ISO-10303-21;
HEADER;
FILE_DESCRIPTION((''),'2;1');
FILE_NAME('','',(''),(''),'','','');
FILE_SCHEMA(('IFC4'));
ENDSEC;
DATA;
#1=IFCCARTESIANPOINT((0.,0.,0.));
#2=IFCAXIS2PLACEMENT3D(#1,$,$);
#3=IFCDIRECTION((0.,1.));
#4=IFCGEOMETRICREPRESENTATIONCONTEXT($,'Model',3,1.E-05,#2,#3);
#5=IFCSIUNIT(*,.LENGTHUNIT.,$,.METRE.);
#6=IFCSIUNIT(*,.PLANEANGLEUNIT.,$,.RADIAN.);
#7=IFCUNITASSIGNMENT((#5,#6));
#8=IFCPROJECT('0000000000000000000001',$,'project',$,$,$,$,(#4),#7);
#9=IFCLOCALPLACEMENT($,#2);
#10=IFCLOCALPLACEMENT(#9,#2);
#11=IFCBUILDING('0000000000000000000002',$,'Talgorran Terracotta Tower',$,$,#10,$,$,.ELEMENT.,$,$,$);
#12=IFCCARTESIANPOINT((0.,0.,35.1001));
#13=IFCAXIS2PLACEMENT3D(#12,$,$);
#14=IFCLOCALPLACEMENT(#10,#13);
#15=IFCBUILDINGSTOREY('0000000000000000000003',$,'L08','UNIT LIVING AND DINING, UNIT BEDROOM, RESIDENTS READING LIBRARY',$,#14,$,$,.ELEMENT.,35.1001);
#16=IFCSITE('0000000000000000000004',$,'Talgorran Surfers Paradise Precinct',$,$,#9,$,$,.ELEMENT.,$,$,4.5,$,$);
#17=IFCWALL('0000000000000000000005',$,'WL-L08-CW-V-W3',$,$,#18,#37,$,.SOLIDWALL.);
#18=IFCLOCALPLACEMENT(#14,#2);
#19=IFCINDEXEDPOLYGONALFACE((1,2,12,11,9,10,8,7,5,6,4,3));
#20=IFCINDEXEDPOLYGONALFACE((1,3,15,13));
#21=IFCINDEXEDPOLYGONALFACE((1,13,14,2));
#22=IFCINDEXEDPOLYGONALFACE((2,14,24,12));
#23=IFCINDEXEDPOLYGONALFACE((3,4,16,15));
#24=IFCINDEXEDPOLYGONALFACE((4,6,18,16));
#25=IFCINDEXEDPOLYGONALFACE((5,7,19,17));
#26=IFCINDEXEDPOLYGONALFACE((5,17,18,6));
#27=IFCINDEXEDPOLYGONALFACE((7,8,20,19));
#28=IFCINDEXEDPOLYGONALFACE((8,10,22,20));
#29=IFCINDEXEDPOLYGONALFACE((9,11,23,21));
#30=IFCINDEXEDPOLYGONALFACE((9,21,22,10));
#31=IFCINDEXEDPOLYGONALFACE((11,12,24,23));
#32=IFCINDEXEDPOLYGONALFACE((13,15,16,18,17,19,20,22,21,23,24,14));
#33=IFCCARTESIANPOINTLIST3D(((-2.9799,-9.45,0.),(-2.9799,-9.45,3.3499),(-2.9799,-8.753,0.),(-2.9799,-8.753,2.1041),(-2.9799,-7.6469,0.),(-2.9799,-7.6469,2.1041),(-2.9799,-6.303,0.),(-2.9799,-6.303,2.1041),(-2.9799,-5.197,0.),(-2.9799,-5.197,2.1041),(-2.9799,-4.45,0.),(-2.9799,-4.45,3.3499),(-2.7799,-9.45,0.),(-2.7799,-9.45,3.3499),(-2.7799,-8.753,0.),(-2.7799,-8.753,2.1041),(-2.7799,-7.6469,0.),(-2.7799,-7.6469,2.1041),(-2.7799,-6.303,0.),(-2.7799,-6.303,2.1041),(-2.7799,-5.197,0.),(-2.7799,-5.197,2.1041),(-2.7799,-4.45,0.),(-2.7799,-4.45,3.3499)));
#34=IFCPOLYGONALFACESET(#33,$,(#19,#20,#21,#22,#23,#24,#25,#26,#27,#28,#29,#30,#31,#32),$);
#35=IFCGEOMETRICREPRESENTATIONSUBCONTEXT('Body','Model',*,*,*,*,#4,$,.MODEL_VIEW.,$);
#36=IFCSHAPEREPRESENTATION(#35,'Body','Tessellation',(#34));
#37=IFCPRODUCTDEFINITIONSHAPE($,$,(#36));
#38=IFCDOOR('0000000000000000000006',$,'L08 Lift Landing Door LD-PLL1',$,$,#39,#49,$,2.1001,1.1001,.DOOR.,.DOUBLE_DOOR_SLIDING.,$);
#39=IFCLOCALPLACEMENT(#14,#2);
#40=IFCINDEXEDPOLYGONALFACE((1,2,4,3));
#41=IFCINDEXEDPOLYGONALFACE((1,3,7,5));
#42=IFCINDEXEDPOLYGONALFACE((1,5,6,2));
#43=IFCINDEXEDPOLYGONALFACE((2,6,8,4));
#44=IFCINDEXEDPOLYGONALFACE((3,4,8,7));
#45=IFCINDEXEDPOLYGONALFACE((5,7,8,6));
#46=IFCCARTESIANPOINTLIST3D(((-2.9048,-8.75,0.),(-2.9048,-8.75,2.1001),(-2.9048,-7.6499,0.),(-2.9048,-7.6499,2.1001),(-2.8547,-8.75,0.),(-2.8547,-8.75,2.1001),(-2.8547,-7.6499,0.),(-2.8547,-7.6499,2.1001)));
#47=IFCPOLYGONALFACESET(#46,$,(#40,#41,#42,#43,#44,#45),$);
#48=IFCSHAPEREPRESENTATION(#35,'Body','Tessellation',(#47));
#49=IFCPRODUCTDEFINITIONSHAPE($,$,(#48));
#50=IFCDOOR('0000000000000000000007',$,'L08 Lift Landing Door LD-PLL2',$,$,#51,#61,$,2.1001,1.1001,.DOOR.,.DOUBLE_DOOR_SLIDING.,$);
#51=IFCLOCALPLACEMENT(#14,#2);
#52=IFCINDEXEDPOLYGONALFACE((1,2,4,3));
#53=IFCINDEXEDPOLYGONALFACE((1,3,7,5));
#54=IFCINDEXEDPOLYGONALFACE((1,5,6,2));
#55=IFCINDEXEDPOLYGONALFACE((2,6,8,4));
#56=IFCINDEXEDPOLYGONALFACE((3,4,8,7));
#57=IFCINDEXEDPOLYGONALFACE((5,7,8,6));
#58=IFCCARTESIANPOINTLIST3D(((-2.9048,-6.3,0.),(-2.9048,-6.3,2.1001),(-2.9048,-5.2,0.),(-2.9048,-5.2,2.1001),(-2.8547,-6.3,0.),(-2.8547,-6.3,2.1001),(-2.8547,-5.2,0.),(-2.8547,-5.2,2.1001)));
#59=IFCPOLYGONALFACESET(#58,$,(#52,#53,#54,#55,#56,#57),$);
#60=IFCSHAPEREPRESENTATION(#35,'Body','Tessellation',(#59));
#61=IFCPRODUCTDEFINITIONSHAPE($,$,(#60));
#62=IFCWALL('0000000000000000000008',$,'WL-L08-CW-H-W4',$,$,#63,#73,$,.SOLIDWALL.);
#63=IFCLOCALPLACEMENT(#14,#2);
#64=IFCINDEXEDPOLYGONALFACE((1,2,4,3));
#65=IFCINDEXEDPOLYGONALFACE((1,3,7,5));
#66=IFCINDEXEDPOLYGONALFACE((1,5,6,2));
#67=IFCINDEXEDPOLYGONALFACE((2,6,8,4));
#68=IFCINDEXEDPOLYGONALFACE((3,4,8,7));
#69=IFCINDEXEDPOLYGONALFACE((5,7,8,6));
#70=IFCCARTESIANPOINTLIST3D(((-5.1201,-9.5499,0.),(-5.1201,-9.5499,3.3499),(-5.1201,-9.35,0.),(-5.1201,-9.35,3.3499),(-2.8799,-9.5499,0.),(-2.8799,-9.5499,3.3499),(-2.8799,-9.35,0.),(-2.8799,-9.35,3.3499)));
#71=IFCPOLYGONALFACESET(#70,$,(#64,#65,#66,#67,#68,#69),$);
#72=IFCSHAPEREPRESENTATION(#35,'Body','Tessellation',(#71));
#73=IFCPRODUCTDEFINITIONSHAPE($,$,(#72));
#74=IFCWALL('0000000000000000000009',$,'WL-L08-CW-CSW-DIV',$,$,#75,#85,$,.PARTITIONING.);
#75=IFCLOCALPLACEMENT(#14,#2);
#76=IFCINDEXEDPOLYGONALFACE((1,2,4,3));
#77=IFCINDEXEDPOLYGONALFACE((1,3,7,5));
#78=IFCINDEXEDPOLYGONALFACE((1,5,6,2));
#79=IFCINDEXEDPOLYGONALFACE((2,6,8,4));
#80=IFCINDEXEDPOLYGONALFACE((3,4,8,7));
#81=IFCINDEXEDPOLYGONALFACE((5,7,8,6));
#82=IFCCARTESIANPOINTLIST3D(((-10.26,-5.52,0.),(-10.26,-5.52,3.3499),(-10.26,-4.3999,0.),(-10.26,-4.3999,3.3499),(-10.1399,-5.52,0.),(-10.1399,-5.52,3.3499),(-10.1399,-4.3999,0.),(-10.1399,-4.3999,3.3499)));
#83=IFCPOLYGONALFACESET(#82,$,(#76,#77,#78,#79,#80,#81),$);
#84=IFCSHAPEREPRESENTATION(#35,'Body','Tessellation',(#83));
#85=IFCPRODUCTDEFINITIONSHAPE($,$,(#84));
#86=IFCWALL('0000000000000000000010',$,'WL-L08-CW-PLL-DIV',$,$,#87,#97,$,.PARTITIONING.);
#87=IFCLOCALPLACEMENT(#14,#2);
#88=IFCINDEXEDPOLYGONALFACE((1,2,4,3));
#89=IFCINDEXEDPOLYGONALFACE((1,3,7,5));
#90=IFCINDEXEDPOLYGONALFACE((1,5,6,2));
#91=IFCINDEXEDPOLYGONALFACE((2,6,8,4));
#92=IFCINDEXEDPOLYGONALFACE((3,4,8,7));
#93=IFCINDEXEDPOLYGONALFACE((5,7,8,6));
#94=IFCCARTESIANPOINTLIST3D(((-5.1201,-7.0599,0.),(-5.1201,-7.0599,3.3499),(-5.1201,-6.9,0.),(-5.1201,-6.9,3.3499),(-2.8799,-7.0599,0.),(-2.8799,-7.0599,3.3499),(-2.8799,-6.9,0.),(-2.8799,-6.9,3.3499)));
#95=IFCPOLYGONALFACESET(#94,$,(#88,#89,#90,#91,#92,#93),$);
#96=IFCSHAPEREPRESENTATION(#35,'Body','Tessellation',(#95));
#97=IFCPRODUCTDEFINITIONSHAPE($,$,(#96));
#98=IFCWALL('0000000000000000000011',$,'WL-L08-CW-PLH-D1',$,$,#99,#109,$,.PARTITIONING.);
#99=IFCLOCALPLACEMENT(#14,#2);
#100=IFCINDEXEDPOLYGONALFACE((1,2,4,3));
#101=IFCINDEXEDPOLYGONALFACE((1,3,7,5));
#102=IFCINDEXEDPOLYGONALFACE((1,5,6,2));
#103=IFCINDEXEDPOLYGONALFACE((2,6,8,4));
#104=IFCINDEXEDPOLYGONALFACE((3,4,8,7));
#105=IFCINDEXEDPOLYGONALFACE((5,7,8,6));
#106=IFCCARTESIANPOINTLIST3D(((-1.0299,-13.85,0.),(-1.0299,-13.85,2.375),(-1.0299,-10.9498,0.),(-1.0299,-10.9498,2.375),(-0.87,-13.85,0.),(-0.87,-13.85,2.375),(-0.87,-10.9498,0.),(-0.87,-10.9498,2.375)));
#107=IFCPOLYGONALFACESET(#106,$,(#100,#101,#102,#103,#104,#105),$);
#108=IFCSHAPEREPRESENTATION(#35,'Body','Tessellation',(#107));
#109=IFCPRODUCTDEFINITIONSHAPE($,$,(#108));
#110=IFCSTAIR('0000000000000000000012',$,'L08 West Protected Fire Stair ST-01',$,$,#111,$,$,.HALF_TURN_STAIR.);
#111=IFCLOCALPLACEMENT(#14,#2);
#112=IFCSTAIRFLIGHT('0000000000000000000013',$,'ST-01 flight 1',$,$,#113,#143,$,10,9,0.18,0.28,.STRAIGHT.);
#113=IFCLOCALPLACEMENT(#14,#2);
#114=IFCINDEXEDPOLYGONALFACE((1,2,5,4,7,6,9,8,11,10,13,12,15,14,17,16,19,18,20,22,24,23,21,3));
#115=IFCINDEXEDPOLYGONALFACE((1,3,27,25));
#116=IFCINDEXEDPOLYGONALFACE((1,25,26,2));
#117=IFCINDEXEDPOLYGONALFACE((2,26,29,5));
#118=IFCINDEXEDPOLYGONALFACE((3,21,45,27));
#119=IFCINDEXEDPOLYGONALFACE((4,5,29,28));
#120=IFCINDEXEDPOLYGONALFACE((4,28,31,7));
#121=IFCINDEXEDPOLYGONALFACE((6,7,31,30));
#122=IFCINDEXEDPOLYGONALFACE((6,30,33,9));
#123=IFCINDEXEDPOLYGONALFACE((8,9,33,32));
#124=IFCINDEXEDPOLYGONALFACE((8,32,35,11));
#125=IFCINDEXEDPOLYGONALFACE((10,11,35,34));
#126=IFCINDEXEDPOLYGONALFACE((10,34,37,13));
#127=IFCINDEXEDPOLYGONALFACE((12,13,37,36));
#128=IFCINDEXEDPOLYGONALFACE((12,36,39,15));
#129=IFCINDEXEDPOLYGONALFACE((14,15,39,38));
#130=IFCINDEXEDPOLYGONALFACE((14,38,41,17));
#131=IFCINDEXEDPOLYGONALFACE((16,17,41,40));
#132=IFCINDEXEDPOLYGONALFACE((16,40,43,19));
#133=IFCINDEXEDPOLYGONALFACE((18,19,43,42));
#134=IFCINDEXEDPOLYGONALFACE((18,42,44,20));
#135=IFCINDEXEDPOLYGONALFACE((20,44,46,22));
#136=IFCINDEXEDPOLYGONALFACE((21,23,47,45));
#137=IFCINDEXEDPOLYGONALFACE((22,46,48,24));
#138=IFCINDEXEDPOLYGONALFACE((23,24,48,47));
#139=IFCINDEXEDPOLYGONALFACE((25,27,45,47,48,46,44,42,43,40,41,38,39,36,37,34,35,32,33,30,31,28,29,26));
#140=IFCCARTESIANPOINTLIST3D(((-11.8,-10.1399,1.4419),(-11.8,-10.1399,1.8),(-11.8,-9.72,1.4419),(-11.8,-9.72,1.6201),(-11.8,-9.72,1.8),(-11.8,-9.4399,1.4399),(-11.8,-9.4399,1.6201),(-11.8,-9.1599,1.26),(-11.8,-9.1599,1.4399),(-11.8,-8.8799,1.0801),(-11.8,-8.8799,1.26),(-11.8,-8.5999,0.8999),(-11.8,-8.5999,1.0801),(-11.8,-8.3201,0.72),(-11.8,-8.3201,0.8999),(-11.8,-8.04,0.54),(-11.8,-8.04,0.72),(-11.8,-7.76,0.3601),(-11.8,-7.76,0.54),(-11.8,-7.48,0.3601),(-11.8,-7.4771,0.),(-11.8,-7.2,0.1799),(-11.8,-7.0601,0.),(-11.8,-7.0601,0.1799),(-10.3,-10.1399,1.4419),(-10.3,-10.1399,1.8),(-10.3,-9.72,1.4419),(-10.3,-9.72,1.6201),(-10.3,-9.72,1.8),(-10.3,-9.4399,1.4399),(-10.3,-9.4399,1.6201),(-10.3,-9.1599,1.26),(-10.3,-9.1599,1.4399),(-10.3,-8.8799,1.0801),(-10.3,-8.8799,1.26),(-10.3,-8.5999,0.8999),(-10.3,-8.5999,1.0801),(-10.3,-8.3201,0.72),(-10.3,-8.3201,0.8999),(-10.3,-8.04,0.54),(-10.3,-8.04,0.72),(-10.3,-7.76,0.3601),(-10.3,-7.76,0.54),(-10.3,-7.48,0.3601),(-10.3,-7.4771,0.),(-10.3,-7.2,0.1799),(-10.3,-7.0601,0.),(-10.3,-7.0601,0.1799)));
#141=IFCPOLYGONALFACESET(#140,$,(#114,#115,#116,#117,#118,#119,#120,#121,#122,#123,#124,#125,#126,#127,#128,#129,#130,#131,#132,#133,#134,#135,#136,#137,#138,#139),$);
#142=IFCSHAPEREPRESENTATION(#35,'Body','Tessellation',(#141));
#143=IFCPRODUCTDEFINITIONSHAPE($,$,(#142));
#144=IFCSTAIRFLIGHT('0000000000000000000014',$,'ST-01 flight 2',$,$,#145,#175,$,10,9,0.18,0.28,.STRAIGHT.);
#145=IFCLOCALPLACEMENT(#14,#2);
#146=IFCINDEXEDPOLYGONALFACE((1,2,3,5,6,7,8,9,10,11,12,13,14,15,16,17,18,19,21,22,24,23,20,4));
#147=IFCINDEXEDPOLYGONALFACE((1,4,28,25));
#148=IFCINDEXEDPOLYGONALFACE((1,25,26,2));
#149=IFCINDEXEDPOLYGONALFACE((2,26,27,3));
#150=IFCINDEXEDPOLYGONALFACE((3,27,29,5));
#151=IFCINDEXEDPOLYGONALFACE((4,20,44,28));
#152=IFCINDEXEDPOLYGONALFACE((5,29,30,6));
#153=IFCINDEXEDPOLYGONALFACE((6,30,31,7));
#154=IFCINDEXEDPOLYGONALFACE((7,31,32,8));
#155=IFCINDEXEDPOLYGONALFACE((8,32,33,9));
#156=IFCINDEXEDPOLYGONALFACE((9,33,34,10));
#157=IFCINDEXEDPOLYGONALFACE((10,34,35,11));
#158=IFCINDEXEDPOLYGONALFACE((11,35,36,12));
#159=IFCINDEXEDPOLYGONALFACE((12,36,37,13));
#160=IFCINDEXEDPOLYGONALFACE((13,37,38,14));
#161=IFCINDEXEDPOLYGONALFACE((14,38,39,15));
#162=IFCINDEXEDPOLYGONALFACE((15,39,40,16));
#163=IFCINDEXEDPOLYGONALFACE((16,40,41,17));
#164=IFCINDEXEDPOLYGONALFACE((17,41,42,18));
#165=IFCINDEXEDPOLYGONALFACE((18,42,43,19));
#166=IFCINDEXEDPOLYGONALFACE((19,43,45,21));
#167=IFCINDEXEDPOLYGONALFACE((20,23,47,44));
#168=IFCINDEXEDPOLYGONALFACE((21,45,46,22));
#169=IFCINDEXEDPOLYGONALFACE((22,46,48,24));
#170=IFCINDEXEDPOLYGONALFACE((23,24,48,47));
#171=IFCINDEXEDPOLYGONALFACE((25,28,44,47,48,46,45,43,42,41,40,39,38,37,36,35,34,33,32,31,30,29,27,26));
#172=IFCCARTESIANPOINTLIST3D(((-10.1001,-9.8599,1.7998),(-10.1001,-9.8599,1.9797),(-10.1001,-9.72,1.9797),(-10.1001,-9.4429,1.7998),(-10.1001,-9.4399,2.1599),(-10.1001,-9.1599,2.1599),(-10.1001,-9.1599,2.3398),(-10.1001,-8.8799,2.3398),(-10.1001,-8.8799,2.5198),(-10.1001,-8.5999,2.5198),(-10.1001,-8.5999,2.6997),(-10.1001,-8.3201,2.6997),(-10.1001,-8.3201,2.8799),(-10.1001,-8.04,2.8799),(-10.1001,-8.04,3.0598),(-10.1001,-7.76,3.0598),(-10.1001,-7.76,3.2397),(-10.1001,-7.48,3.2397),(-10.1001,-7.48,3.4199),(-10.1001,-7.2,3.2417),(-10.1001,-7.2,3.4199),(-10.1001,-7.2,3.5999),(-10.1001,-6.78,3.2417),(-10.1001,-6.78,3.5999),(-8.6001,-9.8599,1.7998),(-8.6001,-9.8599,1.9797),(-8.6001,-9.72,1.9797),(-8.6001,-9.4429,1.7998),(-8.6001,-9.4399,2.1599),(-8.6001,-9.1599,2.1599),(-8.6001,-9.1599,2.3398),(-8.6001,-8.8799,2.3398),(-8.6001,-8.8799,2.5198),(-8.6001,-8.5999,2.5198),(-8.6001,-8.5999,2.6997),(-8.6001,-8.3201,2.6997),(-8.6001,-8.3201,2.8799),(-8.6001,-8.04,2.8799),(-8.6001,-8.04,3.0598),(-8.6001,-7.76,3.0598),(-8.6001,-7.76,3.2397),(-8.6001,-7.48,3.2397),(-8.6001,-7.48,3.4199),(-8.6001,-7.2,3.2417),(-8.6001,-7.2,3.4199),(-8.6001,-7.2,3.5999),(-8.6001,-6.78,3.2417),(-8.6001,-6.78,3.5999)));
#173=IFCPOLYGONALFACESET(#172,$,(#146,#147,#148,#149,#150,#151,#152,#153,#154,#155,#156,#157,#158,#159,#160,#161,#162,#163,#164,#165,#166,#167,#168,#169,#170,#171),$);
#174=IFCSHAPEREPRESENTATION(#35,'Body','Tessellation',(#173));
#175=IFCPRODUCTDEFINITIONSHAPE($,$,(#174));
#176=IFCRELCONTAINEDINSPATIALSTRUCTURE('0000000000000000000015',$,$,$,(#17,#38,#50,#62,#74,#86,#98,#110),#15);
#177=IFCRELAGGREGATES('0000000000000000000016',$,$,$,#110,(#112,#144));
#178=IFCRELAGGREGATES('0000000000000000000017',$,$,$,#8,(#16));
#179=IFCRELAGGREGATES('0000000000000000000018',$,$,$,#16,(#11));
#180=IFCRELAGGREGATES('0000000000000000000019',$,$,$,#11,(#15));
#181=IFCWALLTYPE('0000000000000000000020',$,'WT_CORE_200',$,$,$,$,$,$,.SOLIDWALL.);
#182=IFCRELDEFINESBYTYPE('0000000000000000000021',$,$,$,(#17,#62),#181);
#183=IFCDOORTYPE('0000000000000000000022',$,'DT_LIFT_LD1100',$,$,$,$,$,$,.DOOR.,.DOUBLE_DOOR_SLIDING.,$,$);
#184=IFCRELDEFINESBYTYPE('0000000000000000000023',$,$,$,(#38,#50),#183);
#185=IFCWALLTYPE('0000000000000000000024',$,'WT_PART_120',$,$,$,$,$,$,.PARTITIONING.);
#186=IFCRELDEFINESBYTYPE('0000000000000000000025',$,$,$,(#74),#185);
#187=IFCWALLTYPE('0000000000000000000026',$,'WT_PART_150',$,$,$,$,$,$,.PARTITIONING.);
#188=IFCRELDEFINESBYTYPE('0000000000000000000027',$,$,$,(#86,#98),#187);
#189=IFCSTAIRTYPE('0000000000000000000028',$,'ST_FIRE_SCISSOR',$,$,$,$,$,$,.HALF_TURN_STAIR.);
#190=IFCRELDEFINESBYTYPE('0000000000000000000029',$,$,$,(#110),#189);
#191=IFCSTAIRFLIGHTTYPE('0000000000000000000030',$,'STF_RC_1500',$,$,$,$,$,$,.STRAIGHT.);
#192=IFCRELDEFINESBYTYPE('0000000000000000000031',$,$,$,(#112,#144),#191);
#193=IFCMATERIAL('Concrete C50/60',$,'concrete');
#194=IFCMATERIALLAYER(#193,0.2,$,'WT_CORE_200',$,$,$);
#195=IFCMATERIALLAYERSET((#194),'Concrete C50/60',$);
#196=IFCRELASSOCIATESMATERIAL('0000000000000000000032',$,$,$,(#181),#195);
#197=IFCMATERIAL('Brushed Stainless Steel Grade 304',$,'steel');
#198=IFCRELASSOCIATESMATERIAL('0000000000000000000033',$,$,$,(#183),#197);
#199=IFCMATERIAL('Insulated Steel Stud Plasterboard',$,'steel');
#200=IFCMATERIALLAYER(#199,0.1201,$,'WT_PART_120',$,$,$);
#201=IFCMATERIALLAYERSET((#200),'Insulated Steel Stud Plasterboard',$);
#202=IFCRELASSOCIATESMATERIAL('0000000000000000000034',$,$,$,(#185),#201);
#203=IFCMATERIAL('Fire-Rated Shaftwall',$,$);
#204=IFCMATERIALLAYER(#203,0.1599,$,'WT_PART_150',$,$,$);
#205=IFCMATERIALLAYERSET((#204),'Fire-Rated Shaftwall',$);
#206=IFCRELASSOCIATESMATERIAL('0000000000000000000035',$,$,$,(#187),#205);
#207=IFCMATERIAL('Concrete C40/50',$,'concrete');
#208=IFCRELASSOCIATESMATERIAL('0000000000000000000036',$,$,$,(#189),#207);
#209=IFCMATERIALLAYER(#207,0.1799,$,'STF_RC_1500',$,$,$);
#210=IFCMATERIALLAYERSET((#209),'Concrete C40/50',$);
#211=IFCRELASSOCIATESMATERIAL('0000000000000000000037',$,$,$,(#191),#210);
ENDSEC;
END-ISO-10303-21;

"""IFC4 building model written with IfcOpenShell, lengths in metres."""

from ifc_helpers import new_model, si_unit, direction, frame, frame_2d, origin, place, context, subcontext, project, spatial, polyline, rectangle, outline, extrude, material, layer, layer_set, type_object, element, fill, aggregate, save


model = new_model("IFC4")

# Units and contexts
model_context = context("Model", 3, precision=1e-05, world=origin(), true_north=direction((0.0, 1.0)))
body_context = subcontext(model_context, "Body", "Model", "MODEL_VIEW")
ifc_project = project(units=[si_unit("LENGTHUNIT", "METRE"), si_unit("PLANEANGLEUNIT", "RADIAN")], contexts=[model_context])

# Site, building, storey
site_placement = place(None, origin())
site = spatial("IfcSite", under=ifc_project, at=site_placement, Name="Talgorran Surfers Paradise Precinct", CompositionType="ELEMENT", RefElevation=4.5)
building_placement = place(site_placement, origin())
building = spatial("IfcBuilding", under=site, at=building_placement, Name="Talgorran Terracotta Tower", CompositionType="ELEMENT")
storey_placement = place(building_placement, frame((0.0, 0.0, 35.1001)))
storey = spatial("IfcBuildingStorey", under=building, at=storey_placement, Name="L08", Description="UNIT LIVING AND DINING, UNIT BEDROOM, RESIDENTS READING LIBRARY", CompositionType="ELEMENT", Elevation=35.1001)

# Wall, openings, doors
ifc_material_1 = material(Name="Concrete C50/60", Category="concrete")
ifc_layer_1 = layer(ifc_material_1, 0.2, Name="WT_CORE_200")
ifc_layer_set_1 = layer_set([ifc_layer_1], Name="Concrete C50/60")
wall_type_1 = type_object("IfcWallType", Name="WT_CORE_200", PredefinedType="SOLIDWALL", material=ifc_layer_set_1)
ifc_material_2 = material(Name="Brushed Stainless Steel Grade 304", Category="steel")
door_type_1 = type_object("IfcDoorType", Name="DT_LIFT_LD1100", OperationType="DOUBLE_DOOR_SLIDING", PredefinedType="DOOR", material=ifc_material_2)
wall_1_placement = place(storey_placement, frame((-2.8799, -9.45, 0.0), z_axis=(0.0, 0.0, 1.0), x_axis=(0.0, 1.0, 0.0)))
wall_1 = element("IfcWall", 1, at=wall_1_placement, inside=storey, type_object=wall_type_1, Name="WL-L08-CW-V-W3", PredefinedType="SOLIDWALL", context=body_context, shape_type="SweptSolid", body=[
    extrude(rectangle(XDim=5.0, YDim=0.2, at=frame_2d((2.5, 0.0))), origin(), (0.0, 0.0, 1.0), 3.3499),
])
opening_1_placement = place(wall_1_placement, frame((0.7, 0.0, 0.0)))
opening_1 = element("IfcOpeningElement", 2, at=opening_1_placement, cuts=wall_1, PredefinedType="OPENING", context=body_context, shape_type="SweptSolid", body=[
    extrude(rectangle(XDim=1.1061, YDim=2.1041, at=frame_2d((0.55, 1.052))), frame((0.0, 0.1099, 0.0), z_axis=(0.0, -1.0, 0.0), x_axis=(1.0, 0.0, 0.0)), (0.0, 0.0, 1.0), 0.22),
])
opening_2_placement = place(wall_1_placement, frame((3.1499, 0.0, 0.0)))
opening_2 = element("IfcOpeningElement", 3, at=opening_2_placement, cuts=wall_1, PredefinedType="OPENING", context=body_context, shape_type="SweptSolid", body=[
    extrude(rectangle(XDim=1.1061, YDim=2.1041, at=frame_2d((0.55, 1.052))), frame((0.0, 0.1099, 0.0), z_axis=(0.0, -1.0, 0.0), x_axis=(1.0, 0.0, 0.0)), (0.0, 0.0, 1.0), 0.22),
])
door_1_placement = place(opening_1_placement, origin())
door_1 = element("IfcDoor", 4, at=door_1_placement, inside=storey, type_object=door_type_1, Name="L08 Lift Landing Door LD-PLL1", OperationType="DOUBLE_DOOR_SLIDING", OverallHeight=2.1001, OverallWidth=1.1001, PredefinedType="DOOR", context=body_context, shape_type="SweptSolid", body=[
    extrude(rectangle(XDim=1.1001, YDim=2.1001, at=frame_2d((0.55, 1.05))), frame((0.0, 0.0249, 0.0), z_axis=(0.0, -1.0, 0.0), x_axis=(1.0, 0.0, 0.0)), (0.0, 0.0, 1.0), 0.05),
])
fill(opening_1, door_1)
door_2_placement = place(opening_2_placement, origin())
door_2 = element("IfcDoor", 5, at=door_2_placement, inside=storey, type_object=door_type_1, Name="L08 Lift Landing Door LD-PLL2", OperationType="DOUBLE_DOOR_SLIDING", OverallHeight=2.1001, OverallWidth=1.1001, PredefinedType="DOOR", context=body_context, shape_type="SweptSolid", body=[
    extrude(rectangle(XDim=1.1001, YDim=2.1001, at=frame_2d((0.55, 1.05))), frame((0.0, 0.0249, 0.0), z_axis=(0.0, -1.0, 0.0), x_axis=(1.0, 0.0, 0.0)), (0.0, 0.0, 1.0), 0.05),
])
fill(opening_2, door_2)

# Walls
wall_2_placement = place(storey_placement, frame((-5.1201, -9.45, 0.0), z_axis=(0.0, 0.0, 1.0), x_axis=(1.0, 0.0, 0.0)))
element("IfcWall", 6, at=wall_2_placement, inside=storey, type_object=wall_type_1, Name="WL-L08-CW-H-W4", PredefinedType="SOLIDWALL", context=body_context, shape_type="SweptSolid", body=[
    extrude(rectangle(XDim=2.2402, YDim=0.2, at=frame_2d((1.1201, 0.0))), origin(), (0.0, 0.0, 1.0), 3.3499),
])
ifc_material_3 = material(Name="Insulated Steel Stud Plasterboard", Category="steel")
ifc_layer_2 = layer(ifc_material_3, 0.1201, Name="WT_PART_120")
ifc_layer_set_2 = layer_set([ifc_layer_2], Name="Insulated Steel Stud Plasterboard")
wall_type_2 = type_object("IfcWallType", Name="WT_PART_120", PredefinedType="PARTITIONING", material=ifc_layer_set_2)
wall_3_placement = place(storey_placement, frame((-10.2, -5.52, 0.0), z_axis=(0.0, 0.0, 1.0), x_axis=(0.0, 1.0, 0.0)))
element("IfcWall", 7, at=wall_3_placement, inside=storey, type_object=wall_type_2, Name="WL-L08-CW-CSW-DIV", PredefinedType="PARTITIONING", context=body_context, shape_type="SweptSolid", body=[
    extrude(rectangle(XDim=1.1201, YDim=0.1201, at=frame_2d((0.5601, 0.0))), origin(), (0.0, 0.0, 1.0), 3.3499),
])
ifc_material_4 = material(Name="Fire-Rated Shaftwall")
ifc_layer_3 = layer(ifc_material_4, 0.1599, Name="WT_PART_150")
ifc_layer_set_3 = layer_set([ifc_layer_3], Name="Fire-Rated Shaftwall")
wall_type_3 = type_object("IfcWallType", Name="WT_PART_150", PredefinedType="PARTITIONING", material=ifc_layer_set_3)
wall_4_placement = place(storey_placement, frame((-5.1201, -6.98, 0.0), z_axis=(0.0, 0.0, 1.0), x_axis=(1.0, 0.0, 0.0)))
element("IfcWall", 8, at=wall_4_placement, inside=storey, type_object=wall_type_3, Name="WL-L08-CW-PLL-DIV", PredefinedType="PARTITIONING", context=body_context, shape_type="SweptSolid", body=[
    extrude(rectangle(XDim=2.2402, YDim=0.1599, at=frame_2d((1.1201, 0.0))), origin(), (0.0, 0.0, 1.0), 3.3499),
])
wall_5_placement = place(storey_placement, frame((-0.95, -13.8501, 0.0), z_axis=(0.0, 0.0, 1.0), x_axis=(0.0, 1.0, 0.0)))
element("IfcWall", 9, at=wall_5_placement, inside=storey, type_object=wall_type_3, Name="WL-L08-CW-PLH-D1", PredefinedType="PARTITIONING", context=body_context, shape_type="SweptSolid", body=[
    extrude(rectangle(XDim=2.9001, YDim=0.1599, at=frame_2d((1.4502, 0.0))), origin(), (0.0, 0.0, 1.0), 2.375),
])

# Stair, stair flights
ifc_material_5 = material(Name="Concrete C40/50", Category="concrete")
stair_type = type_object("IfcStairType", Name="ST_FIRE_SCISSOR", PredefinedType="HALF_TURN_STAIR", material=ifc_material_5)
stair_placement = place(storey_placement, origin())
stair = element("IfcStair", 10, at=stair_placement, inside=storey, type_object=stair_type, Name="L08 West Protected Fire Stair ST-01", PredefinedType="HALF_TURN_STAIR")
ifc_layer_4 = layer(ifc_material_5, 0.1799, Name="STF_RC_1500")
ifc_layer_set_4 = layer_set([ifc_layer_4], Name="Concrete C40/50")
stair_flight_type = type_object("IfcStairFlightType", Name="STF_RC_1500", PredefinedType="STRAIGHT", material=ifc_layer_set_4)
stair_flight_1_placement = place(storey_placement, frame((-11.05, -7.2, 0.0), z_axis=(0.0, 0.0, 1.0), x_axis=(0.0, -1.0, 0.0)))
stair_flight_1 = element("IfcStairFlight", 11, at=stair_flight_1_placement, type_object=stair_flight_type, Name="ST-01 flight 1", NumberOfRisers=10, NumberOfTreads=9, PredefinedType="STRAIGHT", RiserHeight=0.18, TreadLength=0.28, context=body_context, shape_type="SweptSolid", body=[
    extrude(outline(polyline([(-0.1399, 0.0), (-0.1399, 0.1799), (0.0, 0.1799), (0.28, 0.3601), (0.5601, 0.3601), (0.5601, 0.54), (0.8401, 0.54), (0.8401, 0.72), (1.1201, 0.72), (1.1201, 0.8999), (1.3999, 0.8999), (1.3999, 1.0801), (1.6799, 1.0801), (1.6799, 1.26), (1.96, 1.26), (1.96, 1.4399), (2.24, 1.4399), (2.24, 1.6201), (2.52, 1.6201), (2.52, 1.8), (2.9399, 1.8), (2.9399, 1.4419), (2.52, 1.4419), (0.2771, 0.0), (-0.1399, 0.0)])), frame((0.0, 0.75, 0.0), z_axis=(0.0, -1.0, 0.0), x_axis=(1.0, 0.0, 0.0)), (0.0, 0.0, 1.0), 1.5),
])
stair_flight_2_placement = place(storey_placement, frame((-9.3501, -9.72, 1.7998), z_axis=(0.0, 0.0, 1.0), x_axis=(0.0, 1.0, 0.0)))
stair_flight_2 = element("IfcStairFlight", 12, at=stair_flight_2_placement, type_object=stair_flight_type, Name="ST-01 flight 2", NumberOfRisers=10, NumberOfTreads=9, PredefinedType="STRAIGHT", RiserHeight=0.18, TreadLength=0.28, context=body_context, shape_type="SweptSolid", body=[
    extrude(outline(polyline([(-0.1399, 0.0), (-0.1399, 0.1799), (0.0, 0.1799), (0.28, 0.3601), (0.5601, 0.3601), (0.5601, 0.54), (0.8401, 0.54), (0.8401, 0.72), (1.1201, 0.72), (1.1201, 0.8999), (1.3999, 0.8999), (1.3999, 1.0801), (1.6799, 1.0801), (1.6799, 1.26), (1.96, 1.26), (1.96, 1.4399), (2.24, 1.4399), (2.24, 1.6201), (2.52, 1.6201), (2.52, 1.8), (2.9399, 1.8), (2.9399, 1.4419), (2.52, 1.4419), (0.2771, 0.0), (-0.1399, 0.0)])), frame((0.0, 0.75, 0.0), z_axis=(0.0, -1.0, 0.0), x_axis=(1.0, 0.0, 0.0)), (0.0, 0.0, 1.0), 1.5),
])
aggregate(stair, [stair_flight_1, stair_flight_2])

save(model, "model.ifc")
